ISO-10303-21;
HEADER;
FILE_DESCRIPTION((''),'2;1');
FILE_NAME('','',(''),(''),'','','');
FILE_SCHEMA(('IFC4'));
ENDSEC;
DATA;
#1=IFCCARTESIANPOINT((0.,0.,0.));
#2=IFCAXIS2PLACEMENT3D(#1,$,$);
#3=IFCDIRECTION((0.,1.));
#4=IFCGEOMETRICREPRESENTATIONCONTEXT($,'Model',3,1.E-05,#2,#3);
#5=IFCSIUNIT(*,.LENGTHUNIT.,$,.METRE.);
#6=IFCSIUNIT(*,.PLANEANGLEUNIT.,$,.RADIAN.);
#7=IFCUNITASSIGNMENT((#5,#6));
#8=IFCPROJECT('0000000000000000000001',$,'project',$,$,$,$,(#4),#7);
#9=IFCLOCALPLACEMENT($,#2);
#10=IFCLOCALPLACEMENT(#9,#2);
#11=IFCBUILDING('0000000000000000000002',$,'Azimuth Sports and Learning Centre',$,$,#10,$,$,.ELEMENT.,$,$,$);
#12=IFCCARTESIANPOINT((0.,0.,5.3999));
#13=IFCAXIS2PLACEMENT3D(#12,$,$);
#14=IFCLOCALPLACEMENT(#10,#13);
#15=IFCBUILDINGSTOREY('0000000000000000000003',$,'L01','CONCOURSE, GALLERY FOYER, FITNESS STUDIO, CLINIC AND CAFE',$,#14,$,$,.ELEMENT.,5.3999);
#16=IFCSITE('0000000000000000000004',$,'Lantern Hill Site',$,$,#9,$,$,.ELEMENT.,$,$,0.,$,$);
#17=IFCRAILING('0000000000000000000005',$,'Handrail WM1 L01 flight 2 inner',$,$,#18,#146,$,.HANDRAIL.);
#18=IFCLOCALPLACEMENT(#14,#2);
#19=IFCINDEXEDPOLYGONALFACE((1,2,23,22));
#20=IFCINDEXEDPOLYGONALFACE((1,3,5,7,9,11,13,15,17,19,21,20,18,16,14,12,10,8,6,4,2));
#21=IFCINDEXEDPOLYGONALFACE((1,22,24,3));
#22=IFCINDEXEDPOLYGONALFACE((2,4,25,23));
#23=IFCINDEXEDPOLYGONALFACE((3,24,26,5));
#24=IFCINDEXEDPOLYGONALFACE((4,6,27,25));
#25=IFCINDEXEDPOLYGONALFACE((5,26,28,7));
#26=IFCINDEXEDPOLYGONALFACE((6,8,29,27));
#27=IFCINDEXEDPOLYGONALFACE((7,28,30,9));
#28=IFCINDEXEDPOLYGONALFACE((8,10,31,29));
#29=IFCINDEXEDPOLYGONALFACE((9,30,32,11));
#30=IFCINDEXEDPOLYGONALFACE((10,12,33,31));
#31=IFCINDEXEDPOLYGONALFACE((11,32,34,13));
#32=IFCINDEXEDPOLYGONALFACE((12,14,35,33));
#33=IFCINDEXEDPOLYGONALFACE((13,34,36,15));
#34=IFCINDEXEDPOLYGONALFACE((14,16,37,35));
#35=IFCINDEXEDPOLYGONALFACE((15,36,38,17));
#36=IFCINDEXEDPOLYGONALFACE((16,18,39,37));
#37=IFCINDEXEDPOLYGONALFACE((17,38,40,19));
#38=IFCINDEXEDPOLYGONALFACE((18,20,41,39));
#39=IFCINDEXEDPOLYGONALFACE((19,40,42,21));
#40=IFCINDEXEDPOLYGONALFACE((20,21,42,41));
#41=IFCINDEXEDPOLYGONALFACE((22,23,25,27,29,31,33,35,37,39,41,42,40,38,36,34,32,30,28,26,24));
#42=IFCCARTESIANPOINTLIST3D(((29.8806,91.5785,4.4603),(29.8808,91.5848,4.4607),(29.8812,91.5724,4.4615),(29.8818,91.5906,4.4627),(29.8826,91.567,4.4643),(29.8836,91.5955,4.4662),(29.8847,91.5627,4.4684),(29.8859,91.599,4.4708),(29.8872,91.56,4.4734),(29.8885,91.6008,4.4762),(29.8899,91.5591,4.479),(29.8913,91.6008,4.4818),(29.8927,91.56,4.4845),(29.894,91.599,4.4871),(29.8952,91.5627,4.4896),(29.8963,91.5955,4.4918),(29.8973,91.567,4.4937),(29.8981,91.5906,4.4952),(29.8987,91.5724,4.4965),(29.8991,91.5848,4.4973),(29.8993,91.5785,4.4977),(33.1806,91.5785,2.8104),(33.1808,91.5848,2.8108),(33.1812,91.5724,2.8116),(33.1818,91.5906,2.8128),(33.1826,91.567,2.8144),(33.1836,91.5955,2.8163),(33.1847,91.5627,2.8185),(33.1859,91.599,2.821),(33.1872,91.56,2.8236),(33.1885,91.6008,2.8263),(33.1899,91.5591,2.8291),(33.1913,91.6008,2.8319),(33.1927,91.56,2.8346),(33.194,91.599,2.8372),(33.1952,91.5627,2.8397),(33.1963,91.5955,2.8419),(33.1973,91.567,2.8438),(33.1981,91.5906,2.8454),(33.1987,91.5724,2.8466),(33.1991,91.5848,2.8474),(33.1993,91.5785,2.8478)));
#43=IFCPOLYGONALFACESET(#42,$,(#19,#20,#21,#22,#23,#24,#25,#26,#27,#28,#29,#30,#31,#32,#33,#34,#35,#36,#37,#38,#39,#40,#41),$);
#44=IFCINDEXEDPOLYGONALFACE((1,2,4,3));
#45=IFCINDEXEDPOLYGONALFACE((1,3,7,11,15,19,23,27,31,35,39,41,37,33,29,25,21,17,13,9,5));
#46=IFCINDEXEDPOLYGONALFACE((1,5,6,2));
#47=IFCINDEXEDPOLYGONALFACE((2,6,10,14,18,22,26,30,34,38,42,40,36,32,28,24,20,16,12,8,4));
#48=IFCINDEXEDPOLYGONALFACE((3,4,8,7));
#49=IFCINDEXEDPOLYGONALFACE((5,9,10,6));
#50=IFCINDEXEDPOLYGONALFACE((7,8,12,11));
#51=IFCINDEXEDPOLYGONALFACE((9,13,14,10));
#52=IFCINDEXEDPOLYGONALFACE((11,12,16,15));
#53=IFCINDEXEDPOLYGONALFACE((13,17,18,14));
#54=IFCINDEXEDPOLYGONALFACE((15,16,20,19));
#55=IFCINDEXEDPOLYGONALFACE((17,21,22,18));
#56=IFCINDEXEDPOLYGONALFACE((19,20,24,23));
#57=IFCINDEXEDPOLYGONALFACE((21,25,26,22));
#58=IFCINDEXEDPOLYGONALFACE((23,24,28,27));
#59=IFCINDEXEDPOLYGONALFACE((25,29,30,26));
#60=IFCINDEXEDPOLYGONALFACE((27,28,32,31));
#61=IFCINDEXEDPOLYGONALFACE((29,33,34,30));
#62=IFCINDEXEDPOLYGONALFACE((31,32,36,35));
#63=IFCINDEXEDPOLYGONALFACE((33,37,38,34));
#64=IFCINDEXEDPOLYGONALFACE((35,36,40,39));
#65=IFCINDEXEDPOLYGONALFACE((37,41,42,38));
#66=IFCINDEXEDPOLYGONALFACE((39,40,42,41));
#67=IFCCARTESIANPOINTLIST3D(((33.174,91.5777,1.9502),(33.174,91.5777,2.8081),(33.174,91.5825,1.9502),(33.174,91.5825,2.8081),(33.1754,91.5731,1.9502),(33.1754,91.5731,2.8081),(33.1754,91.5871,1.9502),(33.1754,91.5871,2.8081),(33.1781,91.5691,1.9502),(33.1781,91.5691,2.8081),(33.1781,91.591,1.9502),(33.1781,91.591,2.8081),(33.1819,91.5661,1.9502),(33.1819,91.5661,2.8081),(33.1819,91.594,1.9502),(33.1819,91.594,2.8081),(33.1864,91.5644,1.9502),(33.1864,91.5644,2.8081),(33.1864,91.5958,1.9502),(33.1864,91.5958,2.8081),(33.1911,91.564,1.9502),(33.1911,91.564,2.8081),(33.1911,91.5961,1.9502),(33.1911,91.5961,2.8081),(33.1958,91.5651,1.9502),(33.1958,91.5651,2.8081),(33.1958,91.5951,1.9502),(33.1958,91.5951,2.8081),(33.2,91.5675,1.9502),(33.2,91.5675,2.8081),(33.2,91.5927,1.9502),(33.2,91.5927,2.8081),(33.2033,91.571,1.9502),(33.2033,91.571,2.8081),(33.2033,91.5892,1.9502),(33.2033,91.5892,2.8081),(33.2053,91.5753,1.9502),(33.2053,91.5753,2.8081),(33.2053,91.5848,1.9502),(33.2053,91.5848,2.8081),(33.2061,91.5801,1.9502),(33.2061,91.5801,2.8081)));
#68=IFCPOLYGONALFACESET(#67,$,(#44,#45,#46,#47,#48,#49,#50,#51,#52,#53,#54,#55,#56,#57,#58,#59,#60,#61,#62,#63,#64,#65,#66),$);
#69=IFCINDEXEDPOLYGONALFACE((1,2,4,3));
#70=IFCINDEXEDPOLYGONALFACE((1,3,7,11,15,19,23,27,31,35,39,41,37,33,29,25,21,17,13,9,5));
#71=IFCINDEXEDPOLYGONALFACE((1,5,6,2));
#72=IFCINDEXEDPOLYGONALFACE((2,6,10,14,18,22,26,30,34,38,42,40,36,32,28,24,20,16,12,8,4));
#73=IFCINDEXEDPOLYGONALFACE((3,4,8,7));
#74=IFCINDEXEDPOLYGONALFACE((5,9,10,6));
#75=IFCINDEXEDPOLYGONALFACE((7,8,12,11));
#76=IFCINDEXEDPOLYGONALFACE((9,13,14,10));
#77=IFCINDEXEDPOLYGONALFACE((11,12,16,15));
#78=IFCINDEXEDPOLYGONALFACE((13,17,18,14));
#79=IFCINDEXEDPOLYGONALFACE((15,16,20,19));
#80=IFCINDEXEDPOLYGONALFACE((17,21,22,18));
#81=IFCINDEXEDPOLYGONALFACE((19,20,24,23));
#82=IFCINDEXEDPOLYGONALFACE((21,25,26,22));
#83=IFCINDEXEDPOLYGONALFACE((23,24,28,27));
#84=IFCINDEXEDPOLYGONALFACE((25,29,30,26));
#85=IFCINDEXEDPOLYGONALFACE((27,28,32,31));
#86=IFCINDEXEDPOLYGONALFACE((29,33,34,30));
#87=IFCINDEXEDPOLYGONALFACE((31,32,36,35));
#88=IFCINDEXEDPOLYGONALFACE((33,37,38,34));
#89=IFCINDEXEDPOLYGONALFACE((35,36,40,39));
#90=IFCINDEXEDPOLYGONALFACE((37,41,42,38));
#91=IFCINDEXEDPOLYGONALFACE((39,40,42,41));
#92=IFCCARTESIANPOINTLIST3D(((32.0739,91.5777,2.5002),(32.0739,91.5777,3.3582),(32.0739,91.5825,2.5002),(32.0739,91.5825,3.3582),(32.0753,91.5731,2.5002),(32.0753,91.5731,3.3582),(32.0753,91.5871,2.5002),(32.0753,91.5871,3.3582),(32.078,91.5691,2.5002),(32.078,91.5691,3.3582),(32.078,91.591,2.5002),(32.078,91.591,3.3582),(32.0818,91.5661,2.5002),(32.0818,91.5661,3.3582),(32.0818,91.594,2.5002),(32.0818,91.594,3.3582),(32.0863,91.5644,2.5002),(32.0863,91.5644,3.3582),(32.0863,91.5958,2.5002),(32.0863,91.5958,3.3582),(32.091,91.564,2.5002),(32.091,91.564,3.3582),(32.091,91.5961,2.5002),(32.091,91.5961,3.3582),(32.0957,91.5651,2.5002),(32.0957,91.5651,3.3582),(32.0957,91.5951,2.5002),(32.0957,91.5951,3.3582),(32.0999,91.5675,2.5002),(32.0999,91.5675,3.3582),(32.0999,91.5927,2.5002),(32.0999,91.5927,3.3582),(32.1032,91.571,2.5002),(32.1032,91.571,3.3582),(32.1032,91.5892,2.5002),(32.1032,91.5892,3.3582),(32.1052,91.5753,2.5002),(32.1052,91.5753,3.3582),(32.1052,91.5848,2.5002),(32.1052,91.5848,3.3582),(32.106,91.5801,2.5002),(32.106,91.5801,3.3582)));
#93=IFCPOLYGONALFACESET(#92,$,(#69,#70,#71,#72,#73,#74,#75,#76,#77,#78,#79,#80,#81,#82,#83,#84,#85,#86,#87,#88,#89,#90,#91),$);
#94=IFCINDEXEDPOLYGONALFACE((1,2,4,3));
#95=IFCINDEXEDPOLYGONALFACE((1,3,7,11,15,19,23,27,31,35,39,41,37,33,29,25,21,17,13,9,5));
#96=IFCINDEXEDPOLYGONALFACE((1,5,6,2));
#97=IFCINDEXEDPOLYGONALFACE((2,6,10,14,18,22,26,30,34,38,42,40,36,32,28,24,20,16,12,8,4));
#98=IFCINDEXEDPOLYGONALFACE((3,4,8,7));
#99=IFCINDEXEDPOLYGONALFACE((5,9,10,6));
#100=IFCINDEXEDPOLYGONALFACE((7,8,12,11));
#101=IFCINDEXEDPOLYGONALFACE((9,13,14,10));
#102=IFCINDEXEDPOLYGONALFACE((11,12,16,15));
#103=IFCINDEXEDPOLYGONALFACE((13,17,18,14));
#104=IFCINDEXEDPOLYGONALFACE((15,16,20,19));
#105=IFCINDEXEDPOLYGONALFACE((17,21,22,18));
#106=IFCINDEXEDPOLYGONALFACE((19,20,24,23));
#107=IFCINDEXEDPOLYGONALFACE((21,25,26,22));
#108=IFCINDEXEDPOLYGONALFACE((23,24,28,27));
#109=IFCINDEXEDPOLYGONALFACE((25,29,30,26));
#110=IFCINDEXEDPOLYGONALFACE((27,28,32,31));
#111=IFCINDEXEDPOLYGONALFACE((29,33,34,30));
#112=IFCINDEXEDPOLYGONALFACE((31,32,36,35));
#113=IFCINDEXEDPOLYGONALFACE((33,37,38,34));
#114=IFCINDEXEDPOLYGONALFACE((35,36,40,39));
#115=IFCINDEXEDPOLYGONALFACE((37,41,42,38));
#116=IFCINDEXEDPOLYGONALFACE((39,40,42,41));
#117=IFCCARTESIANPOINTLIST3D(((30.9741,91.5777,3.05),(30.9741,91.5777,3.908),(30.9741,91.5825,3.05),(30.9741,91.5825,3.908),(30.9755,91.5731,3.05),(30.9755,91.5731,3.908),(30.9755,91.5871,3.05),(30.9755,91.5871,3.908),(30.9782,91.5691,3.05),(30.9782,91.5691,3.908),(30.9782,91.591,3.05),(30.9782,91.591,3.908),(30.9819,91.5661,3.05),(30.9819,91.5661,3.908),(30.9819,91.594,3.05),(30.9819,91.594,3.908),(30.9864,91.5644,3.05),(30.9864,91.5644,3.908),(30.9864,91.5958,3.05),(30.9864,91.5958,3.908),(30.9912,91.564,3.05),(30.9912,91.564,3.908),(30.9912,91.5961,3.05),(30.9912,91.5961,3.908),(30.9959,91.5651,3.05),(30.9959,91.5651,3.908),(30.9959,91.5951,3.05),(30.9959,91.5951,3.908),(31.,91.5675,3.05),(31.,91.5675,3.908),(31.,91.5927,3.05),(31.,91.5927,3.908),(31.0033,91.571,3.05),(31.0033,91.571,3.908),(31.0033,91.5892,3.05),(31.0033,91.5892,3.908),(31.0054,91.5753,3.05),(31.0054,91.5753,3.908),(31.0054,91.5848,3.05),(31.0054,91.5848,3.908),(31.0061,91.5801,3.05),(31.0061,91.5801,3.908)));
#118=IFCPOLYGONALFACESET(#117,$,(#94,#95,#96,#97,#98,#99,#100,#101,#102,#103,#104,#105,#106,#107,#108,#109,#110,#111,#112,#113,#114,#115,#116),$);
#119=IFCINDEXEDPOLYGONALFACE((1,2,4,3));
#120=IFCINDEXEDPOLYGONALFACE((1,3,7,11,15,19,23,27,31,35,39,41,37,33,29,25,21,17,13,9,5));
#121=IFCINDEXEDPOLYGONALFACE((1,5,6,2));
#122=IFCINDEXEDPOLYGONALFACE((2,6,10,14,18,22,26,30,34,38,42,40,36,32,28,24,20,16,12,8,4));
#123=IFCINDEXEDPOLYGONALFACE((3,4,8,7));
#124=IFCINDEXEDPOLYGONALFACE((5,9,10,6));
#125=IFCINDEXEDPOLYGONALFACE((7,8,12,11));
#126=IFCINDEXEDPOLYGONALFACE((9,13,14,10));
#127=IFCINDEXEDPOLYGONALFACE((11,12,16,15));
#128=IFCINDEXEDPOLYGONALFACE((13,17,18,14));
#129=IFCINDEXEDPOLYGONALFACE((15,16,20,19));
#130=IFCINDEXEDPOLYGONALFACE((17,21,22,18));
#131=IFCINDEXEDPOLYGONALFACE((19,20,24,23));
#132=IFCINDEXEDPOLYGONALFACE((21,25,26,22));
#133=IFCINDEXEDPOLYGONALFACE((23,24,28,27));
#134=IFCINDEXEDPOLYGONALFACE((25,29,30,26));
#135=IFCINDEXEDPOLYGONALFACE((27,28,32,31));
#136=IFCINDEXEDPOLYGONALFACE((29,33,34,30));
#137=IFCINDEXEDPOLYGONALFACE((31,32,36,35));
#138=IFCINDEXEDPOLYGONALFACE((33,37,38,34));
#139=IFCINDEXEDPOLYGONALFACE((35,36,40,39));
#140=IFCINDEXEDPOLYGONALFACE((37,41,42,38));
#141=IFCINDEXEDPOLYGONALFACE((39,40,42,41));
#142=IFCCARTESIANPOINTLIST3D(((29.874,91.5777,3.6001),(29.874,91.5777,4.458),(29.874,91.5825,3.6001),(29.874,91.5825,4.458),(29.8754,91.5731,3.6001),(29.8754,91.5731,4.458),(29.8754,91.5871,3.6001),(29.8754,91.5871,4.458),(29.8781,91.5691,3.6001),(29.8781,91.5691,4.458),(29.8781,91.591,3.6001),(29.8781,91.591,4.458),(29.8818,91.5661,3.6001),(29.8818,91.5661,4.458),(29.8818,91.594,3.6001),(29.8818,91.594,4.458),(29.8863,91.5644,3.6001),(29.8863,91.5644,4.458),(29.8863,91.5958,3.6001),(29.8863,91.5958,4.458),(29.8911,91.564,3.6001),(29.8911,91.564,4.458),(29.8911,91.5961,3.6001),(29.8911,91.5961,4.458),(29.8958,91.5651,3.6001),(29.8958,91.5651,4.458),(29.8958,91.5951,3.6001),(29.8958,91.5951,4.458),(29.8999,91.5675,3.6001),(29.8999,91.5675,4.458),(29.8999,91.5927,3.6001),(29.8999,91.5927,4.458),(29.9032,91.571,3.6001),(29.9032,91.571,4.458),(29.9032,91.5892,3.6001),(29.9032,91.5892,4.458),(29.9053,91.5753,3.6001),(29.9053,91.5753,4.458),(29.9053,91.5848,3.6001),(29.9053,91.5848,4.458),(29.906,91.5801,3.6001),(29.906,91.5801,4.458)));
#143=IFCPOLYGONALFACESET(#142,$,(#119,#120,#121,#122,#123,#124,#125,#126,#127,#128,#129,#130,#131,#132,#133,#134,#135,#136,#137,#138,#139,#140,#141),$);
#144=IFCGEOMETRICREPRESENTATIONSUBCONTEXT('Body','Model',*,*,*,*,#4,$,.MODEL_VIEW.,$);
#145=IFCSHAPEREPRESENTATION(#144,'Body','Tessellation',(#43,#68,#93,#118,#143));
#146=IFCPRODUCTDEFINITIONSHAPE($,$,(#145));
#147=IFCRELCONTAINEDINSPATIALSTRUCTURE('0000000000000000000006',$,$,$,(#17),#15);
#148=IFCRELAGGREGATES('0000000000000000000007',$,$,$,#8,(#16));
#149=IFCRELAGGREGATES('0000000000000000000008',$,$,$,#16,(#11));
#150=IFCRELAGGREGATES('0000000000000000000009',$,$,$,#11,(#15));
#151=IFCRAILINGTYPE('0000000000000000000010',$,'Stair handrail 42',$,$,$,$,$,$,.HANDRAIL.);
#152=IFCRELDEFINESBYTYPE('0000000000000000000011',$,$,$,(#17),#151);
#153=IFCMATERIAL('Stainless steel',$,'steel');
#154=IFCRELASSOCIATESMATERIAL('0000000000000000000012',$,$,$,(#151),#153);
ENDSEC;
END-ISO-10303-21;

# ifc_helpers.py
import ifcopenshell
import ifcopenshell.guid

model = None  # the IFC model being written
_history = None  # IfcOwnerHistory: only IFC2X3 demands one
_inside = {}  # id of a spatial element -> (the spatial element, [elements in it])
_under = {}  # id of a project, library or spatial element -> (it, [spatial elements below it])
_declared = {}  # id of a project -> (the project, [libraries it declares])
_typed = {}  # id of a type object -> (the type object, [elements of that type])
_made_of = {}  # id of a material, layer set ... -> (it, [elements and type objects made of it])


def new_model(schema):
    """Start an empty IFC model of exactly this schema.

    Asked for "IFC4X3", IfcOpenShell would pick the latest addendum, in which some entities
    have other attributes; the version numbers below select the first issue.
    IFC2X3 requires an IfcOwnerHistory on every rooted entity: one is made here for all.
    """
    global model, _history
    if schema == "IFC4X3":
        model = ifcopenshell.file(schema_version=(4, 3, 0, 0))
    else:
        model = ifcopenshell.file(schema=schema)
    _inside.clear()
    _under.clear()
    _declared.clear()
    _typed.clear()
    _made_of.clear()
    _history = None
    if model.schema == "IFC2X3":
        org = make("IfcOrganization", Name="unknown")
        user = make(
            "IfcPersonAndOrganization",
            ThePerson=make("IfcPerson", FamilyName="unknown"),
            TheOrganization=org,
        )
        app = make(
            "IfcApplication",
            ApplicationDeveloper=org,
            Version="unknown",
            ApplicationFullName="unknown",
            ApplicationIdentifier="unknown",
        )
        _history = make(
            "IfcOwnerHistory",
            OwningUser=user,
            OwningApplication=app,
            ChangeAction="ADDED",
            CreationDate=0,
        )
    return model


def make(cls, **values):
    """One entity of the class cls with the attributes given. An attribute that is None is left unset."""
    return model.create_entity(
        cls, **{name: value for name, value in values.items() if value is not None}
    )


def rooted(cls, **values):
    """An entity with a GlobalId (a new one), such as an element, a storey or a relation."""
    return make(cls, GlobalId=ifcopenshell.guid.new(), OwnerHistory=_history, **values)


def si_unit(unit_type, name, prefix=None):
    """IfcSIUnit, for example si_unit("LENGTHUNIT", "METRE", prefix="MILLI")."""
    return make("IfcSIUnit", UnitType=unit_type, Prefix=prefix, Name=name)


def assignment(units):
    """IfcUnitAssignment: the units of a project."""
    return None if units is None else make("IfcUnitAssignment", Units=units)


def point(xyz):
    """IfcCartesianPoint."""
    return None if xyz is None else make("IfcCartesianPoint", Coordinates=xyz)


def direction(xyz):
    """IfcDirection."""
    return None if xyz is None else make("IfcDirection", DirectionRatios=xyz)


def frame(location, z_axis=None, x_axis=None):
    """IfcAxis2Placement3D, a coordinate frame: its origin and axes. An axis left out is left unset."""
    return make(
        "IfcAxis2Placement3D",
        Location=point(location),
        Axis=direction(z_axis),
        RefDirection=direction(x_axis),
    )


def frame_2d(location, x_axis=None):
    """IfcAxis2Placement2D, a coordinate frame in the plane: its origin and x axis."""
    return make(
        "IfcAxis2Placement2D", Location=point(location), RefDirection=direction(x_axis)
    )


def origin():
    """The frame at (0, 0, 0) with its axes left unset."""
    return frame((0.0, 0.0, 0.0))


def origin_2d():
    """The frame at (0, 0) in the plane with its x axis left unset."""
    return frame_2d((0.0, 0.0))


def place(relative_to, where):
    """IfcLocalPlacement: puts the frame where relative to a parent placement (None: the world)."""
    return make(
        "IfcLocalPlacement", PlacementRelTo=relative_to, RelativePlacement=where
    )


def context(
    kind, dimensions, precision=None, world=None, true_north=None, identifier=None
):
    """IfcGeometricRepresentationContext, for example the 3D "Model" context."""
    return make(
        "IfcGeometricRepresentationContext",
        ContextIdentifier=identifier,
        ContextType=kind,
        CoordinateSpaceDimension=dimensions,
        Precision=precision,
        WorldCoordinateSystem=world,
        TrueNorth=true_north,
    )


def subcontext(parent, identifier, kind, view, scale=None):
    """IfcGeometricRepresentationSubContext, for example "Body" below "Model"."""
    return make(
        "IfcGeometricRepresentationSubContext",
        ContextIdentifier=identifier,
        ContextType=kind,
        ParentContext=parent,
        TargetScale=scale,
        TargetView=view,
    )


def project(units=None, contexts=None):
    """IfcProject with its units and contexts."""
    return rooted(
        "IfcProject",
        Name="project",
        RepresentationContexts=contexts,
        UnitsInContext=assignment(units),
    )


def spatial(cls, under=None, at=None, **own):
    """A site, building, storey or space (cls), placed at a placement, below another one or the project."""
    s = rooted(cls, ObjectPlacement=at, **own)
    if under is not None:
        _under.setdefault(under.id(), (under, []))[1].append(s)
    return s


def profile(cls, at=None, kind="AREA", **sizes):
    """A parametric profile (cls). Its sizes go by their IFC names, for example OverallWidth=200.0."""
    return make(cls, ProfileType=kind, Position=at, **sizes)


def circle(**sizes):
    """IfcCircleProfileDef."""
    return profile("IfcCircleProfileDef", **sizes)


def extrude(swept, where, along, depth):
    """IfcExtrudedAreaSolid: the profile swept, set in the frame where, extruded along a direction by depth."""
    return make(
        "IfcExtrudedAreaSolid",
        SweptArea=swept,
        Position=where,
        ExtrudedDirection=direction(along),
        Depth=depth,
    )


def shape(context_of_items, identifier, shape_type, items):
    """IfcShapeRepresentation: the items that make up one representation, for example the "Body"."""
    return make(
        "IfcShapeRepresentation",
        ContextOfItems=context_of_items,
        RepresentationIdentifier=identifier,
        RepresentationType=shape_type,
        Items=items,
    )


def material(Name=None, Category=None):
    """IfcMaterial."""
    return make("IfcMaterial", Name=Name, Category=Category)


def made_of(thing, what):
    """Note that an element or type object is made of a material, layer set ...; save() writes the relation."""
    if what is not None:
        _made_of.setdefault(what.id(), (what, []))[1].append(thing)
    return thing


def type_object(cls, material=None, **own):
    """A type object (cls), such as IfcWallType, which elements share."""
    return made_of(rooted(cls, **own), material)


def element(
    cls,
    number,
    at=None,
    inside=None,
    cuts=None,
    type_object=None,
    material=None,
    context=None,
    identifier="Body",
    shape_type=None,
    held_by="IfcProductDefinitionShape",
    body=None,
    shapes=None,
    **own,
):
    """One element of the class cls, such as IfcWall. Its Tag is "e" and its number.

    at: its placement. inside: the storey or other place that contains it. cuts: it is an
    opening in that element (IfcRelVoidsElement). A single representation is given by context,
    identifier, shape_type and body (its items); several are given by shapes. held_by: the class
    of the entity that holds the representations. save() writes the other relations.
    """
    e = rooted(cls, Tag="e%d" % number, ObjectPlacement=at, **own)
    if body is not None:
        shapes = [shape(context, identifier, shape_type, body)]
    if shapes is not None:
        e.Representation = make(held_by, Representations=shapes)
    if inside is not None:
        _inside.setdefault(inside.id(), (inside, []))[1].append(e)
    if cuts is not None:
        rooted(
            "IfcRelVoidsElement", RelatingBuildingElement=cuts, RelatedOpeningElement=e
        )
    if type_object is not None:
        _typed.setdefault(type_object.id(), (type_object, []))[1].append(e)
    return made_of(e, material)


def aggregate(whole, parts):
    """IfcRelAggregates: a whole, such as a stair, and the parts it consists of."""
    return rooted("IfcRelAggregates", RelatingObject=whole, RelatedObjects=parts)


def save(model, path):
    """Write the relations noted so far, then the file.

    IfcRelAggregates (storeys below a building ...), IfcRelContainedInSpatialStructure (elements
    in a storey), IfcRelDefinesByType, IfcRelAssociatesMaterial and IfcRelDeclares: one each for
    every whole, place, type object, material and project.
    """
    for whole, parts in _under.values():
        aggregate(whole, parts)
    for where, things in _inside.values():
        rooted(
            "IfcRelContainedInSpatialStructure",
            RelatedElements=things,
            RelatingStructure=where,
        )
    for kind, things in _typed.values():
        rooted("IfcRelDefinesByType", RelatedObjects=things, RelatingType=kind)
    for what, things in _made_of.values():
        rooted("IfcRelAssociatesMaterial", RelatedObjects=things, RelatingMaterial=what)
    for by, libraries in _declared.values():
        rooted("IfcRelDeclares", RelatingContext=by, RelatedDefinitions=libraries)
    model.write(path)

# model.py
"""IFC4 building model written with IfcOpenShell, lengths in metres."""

from ifc_helpers import new_model, si_unit, direction, frame, origin, origin_2d, place, context, subcontext, project, spatial, circle, extrude, material, type_object, element, save


model = new_model("IFC4")

# Units and contexts
model_context = context("Model", 3, precision=1e-05, world=origin(), true_north=direction((0.0, 1.0)))
body_context = subcontext(model_context, "Body", "Model", "MODEL_VIEW")
ifc_project = project(units=[si_unit("LENGTHUNIT", "METRE"), si_unit("PLANEANGLEUNIT", "RADIAN")], contexts=[model_context])

# Site, building, storey
site_placement = place(None, origin())
site = spatial("IfcSite", under=ifc_project, at=site_placement, Name="Lantern Hill Site", CompositionType="ELEMENT", RefElevation=0.0)
building_placement = place(site_placement, origin())
building = spatial("IfcBuilding", under=site, at=building_placement, Name="Azimuth Sports and Learning Centre", CompositionType="ELEMENT")
storey_placement = place(building_placement, frame((0.0, 0.0, 5.3999)))
storey = spatial("IfcBuildingStorey", under=building, at=storey_placement, Name="L01", Description="CONCOURSE, GALLERY FOYER, FITNESS STUDIO, CLINIC AND CAFE", CompositionType="ELEMENT", Elevation=5.3999)

# Railing
ifc_material_1 = material(Name="Stainless steel", Category="steel")
railing_type = type_object("IfcRailingType", Name="Stair handrail 42", PredefinedType="HANDRAIL", material=ifc_material_1)
for number, where, name in (
    (1, (33.1899, 91.5801, 1.9502), "Handrail WM1 L01 flight 2 inner"),
):
    element("IfcRailing", number, at=place(storey_placement, frame(where)), inside=storey, type_object=railing_type, Name=name, PredefinedType="HANDRAIL", context=body_context, shape_type="SweptSolid", body=[
        extrude(circle(Radius=0.021, at=origin_2d()), frame((0.0, 0.0, 0.8789), z_axis=(-0.89444, 0.0, 0.447187), x_axis=(0.0, -1.0, 0.0)), (0.0, 0.0, 1.0), 3.6895),
        extrude(circle(Radius=0.0161, at=origin_2d()), origin(), (0.0, 0.0, 1.0), 0.8579),
        extrude(circle(Radius=0.0161, at=origin_2d()), frame((-1.1001, 0.0, 0.55)), (0.0, 0.0, 1.0), 0.8579),
        extrude(circle(Radius=0.0161, at=origin_2d()), frame((-2.2, 0.0, 1.0999)), (0.0, 0.0, 1.0), 0.8579),
        extrude(circle(Radius=0.0161, at=origin_2d()), frame((-3.3, 0.0, 1.6499)), (0.0, 0.0, 1.0), 0.8579),
    ])

save(model, "model.ifc")
